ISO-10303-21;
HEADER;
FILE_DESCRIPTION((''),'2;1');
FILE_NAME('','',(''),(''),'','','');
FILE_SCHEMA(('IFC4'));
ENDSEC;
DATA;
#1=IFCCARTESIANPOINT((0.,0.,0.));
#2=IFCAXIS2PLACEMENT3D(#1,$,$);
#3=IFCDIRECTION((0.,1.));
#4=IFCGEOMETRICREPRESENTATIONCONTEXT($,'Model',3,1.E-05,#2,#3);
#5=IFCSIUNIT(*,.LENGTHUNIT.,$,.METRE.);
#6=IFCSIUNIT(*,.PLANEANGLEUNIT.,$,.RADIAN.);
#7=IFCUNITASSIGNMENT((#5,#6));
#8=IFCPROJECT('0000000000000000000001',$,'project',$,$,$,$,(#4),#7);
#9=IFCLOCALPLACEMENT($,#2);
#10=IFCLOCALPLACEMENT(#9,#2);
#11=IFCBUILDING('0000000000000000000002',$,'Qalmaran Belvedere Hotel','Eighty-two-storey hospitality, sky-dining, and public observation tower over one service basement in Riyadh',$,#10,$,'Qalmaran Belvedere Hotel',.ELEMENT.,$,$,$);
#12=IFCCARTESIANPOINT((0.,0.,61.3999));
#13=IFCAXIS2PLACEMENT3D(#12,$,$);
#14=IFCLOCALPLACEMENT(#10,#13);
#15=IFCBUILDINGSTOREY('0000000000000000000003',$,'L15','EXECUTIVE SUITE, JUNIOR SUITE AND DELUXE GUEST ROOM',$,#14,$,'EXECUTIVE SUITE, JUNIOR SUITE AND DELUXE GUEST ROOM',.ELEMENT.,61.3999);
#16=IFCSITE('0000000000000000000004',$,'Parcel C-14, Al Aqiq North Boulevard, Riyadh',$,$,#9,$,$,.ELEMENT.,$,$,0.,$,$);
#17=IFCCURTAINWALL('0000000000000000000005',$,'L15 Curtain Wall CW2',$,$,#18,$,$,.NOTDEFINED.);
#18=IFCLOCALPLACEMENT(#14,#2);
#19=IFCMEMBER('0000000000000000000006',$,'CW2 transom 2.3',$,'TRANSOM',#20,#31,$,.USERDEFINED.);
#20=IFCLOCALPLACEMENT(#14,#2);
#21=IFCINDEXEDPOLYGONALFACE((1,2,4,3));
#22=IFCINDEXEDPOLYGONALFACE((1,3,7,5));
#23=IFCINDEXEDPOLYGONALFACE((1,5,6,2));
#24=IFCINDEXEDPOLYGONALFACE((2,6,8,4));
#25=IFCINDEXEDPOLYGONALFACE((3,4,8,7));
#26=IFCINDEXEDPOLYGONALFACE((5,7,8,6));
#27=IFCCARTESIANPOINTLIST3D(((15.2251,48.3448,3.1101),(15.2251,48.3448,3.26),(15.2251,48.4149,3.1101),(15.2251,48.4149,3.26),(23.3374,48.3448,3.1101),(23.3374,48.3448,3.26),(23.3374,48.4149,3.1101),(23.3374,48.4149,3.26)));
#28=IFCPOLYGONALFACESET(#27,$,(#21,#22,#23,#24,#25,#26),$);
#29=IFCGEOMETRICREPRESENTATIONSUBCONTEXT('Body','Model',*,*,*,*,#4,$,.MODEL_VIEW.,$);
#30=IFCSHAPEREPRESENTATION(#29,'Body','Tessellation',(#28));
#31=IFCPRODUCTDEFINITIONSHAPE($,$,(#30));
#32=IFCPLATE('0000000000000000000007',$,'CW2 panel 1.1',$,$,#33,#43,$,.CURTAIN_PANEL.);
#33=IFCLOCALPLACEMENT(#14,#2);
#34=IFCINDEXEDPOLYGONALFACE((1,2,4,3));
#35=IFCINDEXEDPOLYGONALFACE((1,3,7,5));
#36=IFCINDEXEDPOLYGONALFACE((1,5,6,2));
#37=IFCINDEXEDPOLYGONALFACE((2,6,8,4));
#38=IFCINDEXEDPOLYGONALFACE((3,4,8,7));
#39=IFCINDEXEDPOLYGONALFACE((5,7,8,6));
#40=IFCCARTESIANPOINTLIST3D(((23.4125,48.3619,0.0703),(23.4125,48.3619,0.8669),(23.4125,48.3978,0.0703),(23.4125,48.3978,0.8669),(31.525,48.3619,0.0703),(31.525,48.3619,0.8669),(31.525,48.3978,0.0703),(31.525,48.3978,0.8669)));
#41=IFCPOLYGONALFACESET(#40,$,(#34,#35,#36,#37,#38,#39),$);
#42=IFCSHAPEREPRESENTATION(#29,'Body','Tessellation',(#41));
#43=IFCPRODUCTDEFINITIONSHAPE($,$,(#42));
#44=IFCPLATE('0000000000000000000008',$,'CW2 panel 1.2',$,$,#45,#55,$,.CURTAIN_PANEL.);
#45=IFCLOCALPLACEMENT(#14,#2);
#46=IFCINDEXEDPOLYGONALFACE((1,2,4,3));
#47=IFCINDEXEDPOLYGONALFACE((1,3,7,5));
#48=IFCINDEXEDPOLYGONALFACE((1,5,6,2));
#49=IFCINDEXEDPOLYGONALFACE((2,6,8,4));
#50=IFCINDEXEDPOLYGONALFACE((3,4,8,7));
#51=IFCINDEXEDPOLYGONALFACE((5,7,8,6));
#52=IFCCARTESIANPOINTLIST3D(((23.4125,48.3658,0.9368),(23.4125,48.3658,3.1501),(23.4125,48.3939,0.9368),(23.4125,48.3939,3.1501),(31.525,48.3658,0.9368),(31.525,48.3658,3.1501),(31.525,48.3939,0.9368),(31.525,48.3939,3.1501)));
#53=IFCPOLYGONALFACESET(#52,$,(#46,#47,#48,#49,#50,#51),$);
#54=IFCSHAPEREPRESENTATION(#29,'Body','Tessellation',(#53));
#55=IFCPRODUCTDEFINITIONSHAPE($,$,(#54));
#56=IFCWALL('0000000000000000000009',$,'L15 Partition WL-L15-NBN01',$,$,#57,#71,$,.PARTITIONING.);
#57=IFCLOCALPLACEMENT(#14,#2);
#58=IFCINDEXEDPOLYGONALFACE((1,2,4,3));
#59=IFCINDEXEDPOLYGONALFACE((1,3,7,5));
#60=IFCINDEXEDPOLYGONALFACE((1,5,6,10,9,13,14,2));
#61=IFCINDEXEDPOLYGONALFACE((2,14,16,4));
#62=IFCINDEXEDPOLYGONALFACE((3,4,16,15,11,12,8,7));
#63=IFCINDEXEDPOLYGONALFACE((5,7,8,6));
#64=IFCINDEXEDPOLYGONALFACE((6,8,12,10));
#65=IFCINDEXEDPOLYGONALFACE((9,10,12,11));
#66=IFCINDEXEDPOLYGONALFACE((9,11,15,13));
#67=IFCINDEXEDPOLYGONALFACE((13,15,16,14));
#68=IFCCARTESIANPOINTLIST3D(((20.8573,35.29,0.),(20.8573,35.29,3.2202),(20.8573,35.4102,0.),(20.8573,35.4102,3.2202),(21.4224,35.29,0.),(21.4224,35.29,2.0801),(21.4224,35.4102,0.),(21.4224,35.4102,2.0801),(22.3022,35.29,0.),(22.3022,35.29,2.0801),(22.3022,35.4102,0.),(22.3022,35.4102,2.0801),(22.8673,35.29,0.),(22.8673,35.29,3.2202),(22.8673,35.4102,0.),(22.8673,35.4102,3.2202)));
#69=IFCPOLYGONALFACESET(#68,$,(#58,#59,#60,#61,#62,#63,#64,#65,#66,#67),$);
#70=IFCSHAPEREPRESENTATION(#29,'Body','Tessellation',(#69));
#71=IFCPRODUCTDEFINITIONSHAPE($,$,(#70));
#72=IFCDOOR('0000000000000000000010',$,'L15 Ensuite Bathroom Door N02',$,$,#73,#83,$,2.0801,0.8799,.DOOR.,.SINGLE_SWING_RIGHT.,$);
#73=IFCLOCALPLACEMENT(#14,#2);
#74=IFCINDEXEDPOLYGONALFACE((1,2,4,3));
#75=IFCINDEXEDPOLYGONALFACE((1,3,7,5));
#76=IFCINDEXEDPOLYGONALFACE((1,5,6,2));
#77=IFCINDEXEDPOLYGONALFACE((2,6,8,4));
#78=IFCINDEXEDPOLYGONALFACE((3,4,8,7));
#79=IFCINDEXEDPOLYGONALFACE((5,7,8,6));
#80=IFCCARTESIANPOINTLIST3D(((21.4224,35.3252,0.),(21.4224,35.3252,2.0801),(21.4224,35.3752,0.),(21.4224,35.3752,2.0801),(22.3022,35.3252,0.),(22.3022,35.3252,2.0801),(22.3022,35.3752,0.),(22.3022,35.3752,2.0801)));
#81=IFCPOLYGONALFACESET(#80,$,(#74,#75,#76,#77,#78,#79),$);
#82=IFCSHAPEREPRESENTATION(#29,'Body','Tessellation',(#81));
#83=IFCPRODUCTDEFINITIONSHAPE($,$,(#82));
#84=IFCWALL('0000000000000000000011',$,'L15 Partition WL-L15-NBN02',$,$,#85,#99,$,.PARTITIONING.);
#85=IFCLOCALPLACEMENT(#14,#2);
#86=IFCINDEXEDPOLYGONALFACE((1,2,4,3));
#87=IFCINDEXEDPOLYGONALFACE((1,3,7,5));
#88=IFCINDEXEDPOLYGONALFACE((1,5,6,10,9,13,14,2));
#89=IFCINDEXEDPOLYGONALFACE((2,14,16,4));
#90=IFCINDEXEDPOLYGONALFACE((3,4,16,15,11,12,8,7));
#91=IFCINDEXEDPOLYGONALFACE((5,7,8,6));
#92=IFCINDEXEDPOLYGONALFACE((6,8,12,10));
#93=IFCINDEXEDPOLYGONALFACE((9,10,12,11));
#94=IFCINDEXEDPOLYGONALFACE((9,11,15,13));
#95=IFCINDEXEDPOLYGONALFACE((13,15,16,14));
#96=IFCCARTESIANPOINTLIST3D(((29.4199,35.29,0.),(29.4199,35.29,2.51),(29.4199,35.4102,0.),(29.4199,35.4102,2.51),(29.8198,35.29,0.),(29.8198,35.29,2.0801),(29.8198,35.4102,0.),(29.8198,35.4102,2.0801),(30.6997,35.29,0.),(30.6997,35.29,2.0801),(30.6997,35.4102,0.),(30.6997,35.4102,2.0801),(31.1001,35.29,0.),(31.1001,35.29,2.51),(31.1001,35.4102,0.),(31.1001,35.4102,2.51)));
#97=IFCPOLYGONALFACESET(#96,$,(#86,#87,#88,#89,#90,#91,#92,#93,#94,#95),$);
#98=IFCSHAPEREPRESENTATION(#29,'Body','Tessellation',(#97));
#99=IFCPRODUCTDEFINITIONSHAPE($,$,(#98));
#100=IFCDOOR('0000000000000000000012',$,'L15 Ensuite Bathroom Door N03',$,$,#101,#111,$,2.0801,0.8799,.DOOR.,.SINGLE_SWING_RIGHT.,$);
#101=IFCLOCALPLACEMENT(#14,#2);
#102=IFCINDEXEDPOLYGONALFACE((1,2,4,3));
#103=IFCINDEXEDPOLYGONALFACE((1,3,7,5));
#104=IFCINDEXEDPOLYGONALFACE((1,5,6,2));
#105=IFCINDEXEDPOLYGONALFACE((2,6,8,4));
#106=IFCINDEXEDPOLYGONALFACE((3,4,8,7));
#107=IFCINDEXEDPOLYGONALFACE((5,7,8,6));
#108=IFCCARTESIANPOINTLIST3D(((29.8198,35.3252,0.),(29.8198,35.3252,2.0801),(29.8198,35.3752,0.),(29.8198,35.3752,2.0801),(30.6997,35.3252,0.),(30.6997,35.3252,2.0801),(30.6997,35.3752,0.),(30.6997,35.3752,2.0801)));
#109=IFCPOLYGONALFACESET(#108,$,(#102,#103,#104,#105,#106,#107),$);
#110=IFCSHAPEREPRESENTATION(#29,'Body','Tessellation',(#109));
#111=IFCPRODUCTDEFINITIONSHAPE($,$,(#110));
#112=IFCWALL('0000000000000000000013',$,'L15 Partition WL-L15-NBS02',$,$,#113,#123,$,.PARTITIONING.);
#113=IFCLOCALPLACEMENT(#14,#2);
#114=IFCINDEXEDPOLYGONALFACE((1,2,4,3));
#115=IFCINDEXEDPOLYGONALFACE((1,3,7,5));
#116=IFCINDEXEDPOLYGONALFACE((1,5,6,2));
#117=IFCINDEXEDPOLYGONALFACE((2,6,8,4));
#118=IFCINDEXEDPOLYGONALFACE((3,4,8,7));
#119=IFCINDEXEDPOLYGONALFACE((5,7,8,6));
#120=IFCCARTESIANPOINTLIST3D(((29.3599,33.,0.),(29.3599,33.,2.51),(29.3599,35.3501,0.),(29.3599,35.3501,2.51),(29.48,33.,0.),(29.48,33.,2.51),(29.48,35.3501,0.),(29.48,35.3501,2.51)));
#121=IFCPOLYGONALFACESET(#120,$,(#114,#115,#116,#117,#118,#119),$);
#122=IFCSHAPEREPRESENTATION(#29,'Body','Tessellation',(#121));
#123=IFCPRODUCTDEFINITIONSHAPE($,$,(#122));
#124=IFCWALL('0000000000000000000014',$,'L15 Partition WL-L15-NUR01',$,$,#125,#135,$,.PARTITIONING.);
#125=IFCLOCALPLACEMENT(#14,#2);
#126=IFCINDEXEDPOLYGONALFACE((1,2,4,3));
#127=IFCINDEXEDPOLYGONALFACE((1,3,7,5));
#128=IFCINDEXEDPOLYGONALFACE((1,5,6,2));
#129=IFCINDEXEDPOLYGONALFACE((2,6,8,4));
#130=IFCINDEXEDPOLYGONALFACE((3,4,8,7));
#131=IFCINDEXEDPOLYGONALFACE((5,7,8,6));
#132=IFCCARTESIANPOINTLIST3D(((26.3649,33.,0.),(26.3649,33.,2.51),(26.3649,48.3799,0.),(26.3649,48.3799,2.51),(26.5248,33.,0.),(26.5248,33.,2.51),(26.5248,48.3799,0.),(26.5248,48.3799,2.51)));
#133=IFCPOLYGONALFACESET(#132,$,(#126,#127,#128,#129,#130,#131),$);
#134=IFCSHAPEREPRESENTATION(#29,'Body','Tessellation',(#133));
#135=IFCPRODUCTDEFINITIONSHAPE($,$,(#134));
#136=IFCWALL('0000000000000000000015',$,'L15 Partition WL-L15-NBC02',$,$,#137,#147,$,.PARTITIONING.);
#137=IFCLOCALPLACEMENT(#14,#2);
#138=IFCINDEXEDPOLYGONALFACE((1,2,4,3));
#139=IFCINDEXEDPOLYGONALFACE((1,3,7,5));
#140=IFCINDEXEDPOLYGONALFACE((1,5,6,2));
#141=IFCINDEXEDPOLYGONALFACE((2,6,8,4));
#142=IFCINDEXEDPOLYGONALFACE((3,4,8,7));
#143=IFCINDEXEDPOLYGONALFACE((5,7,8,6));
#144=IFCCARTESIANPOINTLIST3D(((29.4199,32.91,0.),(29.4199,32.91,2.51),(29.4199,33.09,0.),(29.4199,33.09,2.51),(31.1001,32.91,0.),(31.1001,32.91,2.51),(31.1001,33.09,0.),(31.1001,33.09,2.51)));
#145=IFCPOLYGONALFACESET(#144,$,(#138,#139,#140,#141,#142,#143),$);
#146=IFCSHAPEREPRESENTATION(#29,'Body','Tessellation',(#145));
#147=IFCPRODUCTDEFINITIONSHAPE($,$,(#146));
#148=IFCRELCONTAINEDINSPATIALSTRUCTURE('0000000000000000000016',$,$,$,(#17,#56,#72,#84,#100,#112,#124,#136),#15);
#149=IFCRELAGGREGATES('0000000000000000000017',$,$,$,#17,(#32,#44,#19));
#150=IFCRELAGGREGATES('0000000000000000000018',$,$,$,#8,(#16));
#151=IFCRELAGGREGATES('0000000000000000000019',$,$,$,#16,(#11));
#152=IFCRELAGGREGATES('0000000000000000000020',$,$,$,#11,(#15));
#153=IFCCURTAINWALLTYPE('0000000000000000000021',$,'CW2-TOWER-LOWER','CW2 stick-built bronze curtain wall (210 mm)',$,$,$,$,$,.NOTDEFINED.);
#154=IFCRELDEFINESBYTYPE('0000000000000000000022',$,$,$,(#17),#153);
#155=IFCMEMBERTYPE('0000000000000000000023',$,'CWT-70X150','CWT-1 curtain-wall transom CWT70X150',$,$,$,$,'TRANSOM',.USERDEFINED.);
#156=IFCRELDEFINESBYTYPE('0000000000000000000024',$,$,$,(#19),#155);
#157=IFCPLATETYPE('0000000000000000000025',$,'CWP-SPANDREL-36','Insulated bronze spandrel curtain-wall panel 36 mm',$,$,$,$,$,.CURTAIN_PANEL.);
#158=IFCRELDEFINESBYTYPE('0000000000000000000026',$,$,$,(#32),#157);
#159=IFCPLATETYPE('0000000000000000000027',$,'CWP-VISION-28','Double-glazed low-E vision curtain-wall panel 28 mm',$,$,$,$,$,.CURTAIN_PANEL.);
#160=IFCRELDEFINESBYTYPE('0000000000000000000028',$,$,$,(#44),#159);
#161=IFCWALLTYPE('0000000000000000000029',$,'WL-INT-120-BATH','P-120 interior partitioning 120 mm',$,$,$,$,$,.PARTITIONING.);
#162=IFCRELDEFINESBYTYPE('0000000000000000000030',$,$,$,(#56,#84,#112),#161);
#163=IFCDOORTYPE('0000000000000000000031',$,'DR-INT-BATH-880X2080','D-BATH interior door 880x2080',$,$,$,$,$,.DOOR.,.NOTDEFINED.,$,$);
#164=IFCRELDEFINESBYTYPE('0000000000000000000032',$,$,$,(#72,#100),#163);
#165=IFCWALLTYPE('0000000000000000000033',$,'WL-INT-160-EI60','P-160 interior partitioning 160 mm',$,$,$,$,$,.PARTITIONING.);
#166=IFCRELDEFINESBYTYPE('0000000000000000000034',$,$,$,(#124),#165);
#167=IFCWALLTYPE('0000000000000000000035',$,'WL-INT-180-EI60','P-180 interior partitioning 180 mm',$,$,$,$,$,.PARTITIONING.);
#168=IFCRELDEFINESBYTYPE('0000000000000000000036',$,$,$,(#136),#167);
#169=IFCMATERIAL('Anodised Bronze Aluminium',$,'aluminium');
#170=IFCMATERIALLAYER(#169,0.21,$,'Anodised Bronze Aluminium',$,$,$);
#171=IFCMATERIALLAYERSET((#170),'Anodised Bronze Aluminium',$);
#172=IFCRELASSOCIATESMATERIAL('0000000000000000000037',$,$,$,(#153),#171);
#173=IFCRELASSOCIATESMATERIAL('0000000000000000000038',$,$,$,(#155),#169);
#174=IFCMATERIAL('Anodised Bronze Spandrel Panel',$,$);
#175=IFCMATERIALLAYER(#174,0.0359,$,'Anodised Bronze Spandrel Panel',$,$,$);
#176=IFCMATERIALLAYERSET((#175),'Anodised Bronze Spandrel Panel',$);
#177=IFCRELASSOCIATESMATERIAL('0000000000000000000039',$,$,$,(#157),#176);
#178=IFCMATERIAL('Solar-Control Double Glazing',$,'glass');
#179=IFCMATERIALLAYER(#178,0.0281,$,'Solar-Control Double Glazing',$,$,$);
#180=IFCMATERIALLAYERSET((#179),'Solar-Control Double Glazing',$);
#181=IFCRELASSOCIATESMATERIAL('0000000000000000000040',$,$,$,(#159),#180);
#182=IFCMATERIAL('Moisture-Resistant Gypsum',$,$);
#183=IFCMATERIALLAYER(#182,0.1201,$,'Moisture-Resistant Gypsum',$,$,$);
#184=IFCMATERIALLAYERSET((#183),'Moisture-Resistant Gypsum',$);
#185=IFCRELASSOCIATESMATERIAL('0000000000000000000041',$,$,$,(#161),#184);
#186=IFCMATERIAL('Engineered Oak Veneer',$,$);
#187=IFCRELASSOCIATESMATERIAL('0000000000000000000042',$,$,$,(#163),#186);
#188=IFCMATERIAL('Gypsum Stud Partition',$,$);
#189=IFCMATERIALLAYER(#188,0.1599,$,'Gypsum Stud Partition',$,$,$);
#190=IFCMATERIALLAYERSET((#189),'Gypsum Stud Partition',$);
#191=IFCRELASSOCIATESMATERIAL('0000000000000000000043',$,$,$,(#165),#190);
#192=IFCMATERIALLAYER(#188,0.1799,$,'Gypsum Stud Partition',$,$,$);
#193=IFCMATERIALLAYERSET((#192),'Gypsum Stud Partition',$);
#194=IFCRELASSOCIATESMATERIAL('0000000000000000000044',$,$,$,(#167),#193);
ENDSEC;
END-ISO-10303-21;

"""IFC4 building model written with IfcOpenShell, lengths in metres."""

from ifc_helpers import new_model, si_unit, direction, frame, frame_2d, origin, origin_2d, place, context, subcontext, project, spatial, rectangle, extrude, material, layer, layer_set, material_profile, profile_set, type_object, element, fill, aggregate, save


model = new_model("IFC4")

# Units and contexts
model_context = context("Model", 3, precision=1e-05, world=origin(), true_north=direction((0.0, 1.0)))
body_context = subcontext(model_context, "Body", "Model", "MODEL_VIEW")
ifc_project = project(units=[si_unit("LENGTHUNIT", "METRE"), si_unit("PLANEANGLEUNIT", "RADIAN")], contexts=[model_context])

# Site, building, storey
site_placement = place(None, origin())
site = spatial("IfcSite", under=ifc_project, at=site_placement, Name="Parcel C-14, Al Aqiq North Boulevard, Riyadh", CompositionType="ELEMENT", RefElevation=0.0)
building_placement = place(site_placement, origin())
building = spatial("IfcBuilding", under=site, at=building_placement, Name="Qalmaran Belvedere Hotel", Description="Eighty-two-storey hospitality, sky-dining, and public observation tower over one service basement in Riyadh", LongName="Qalmaran Belvedere Hotel", CompositionType="ELEMENT")
storey_placement = place(building_placement, frame((0.0, 0.0, 61.3999)))
storey = spatial("IfcBuildingStorey", under=building, at=storey_placement, Name="L15", Description="EXECUTIVE SUITE, JUNIOR SUITE AND DELUXE GUEST ROOM", LongName="EXECUTIVE SUITE, JUNIOR SUITE AND DELUXE GUEST ROOM", CompositionType="ELEMENT", Elevation=61.3999)

# Curtain wall, member, plates
ifc_material_1 = material(Name="Anodised Bronze Aluminium", Category="aluminium")
ifc_layer_1 = layer(ifc_material_1, 0.21, Name="Anodised Bronze Aluminium")
ifc_layer_set_1 = layer_set([ifc_layer_1], Name="Anodised Bronze Aluminium")
curtain_wall_type = type_object("IfcCurtainWallType", Name="CW2-TOWER-LOWER", Description="CW2 stick-built bronze curtain wall (210 mm)", PredefinedType="NOTDEFINED", material=ifc_layer_set_1)
curtain_wall_placement = place(storey_placement, origin())
curtain_wall = element("IfcCurtainWall", 1, at=curtain_wall_placement, inside=storey, type_object=curtain_wall_type, Name="L15 Curtain Wall CW2", PredefinedType="NOTDEFINED")
ifc_material_profile_1 = material_profile(ifc_material_1, rectangle(XDim=0.0701, YDim=0.1499, at=origin_2d()), Name="CWT70X150")
ifc_profile_set_1 = profile_set([ifc_material_profile_1], Name="Anodised Bronze Aluminium")
member_type_1 = type_object("IfcMemberType", Name="CWT-70X150", Description="CWT-1 curtain-wall transom CWT70X150", ElementType="TRANSOM", PredefinedType="USERDEFINED", material=ifc_profile_set_1)
member_1_placement = place(storey_placement, frame((23.3374, 48.3799, 3.1851), z_axis=(-1.0, 0.0, 0.0), x_axis=(0.0, -1.0, 0.0)))
member_1 = element("IfcMember", 2, at=member_1_placement, type_object=member_type_1, Name="CW2 transom 2.3", ObjectType="TRANSOM", PredefinedType="USERDEFINED", context=body_context, shape_type="SweptSolid", body=[
    extrude(rectangle(XDim=0.0701, YDim=0.1499, at=origin_2d()), origin(), (0.0, 0.0, 1.0), 8.1123),
])
ifc_material_2 = material(Name="Anodised Bronze Spandrel Panel")
ifc_layer_2 = layer(ifc_material_2, 0.0359, Name="Anodised Bronze Spandrel Panel")
ifc_layer_set_2 = layer_set([ifc_layer_2], Name="Anodised Bronze Spandrel Panel")
plate_type_1 = type_object("IfcPlateType", Name="CWP-SPANDREL-36", Description="Insulated bronze spandrel curtain-wall panel 36 mm", PredefinedType="CURTAIN_PANEL", material=ifc_layer_set_2)
plate_1_placement = place(storey_placement, frame((27.4688, 48.3799, 0.0703), z_axis=(0.0, 0.0, 1.0), x_axis=(-1.0, 0.0, 0.0)))
plate_1 = element("IfcPlate", 3, at=plate_1_placement, type_object=plate_type_1, Name="CW2 panel 1.1", PredefinedType="CURTAIN_PANEL", context=body_context, shape_type="SweptSolid", body=[
    extrude(rectangle(XDim=8.1125, YDim=0.0359, at=origin_2d()), origin(), (0.0, 0.0, 1.0), 0.7966),
])
ifc_material_3 = material(Name="Solar-Control Double Glazing", Category="glass")
ifc_layer_3 = layer(ifc_material_3, 0.0281, Name="Solar-Control Double Glazing")
ifc_layer_set_3 = layer_set([ifc_layer_3], Name="Solar-Control Double Glazing")
plate_type_2 = type_object("IfcPlateType", Name="CWP-VISION-28", Description="Double-glazed low-E vision curtain-wall panel 28 mm", PredefinedType="CURTAIN_PANEL", material=ifc_layer_set_3)
plate_2_placement = place(storey_placement, frame((27.4688, 48.3799, 0.9368), z_axis=(0.0, 0.0, 1.0), x_axis=(-1.0, 0.0, 0.0)))
plate_2 = element("IfcPlate", 4, at=plate_2_placement, type_object=plate_type_2, Name="CW2 panel 1.2", PredefinedType="CURTAIN_PANEL", context=body_context, shape_type="SweptSolid", body=[
    extrude(rectangle(XDim=8.1125, YDim=0.0281, at=origin_2d()), origin(), (0.0, 0.0, 1.0), 2.2134),
])
aggregate(curtain_wall, [plate_1, plate_2, member_1])

# Walls, openings, doors
ifc_material_4 = material(Name="Moisture-Resistant Gypsum")
ifc_layer_4 = layer(ifc_material_4, 0.1201, Name="Moisture-Resistant Gypsum")
ifc_layer_set_4 = layer_set([ifc_layer_4], Name="Moisture-Resistant Gypsum")
wall_type_1 = type_object("IfcWallType", Name="WL-INT-120-BATH", Description="P-120 interior partitioning 120 mm", PredefinedType="PARTITIONING", material=ifc_layer_set_4)
wall_1_placement = place(storey_placement, frame((20.8574, 35.3501, 0.0), z_axis=(0.0, 0.0, 1.0), x_axis=(1.0, 0.0, 0.0)))
wall_1 = element("IfcWall", 5, at=wall_1_placement, inside=storey, type_object=wall_type_1, Name="L15 Partition WL-L15-NBN01", PredefinedType="PARTITIONING", context=body_context, shape_type="SweptSolid", body=[
    extrude(rectangle(XDim=2.01, YDim=0.1201, at=frame_2d((1.0049, 0.0))), origin(), (0.0, 0.0, 1.0), 3.2202),
])
opening_1_placement = place(wall_1_placement, frame((1.4448, 0.0, 0.0), z_axis=(0.0, 0.0, 1.0), x_axis=(-1.0, 0.0, 0.0)))
opening_1 = element("IfcOpeningElement", 6, at=opening_1_placement, cuts=wall_1, PredefinedType="OPENING", context=body_context, shape_type="SweptSolid", body=[
    extrude(rectangle(XDim=0.8799, YDim=2.0801, at=frame_2d((0.4399, 1.04))), frame((0.0, 0.0701, 0.0), z_axis=(0.0, -1.0, 0.0), x_axis=(1.0, 0.0, 0.0)), (0.0, 0.0, 1.0), 0.1401),
])
ifc_material_5 = material(Name="Engineered Oak Veneer")
door_type_1 = type_object("IfcDoorType", Name="DR-INT-BATH-880X2080", Description="D-BATH interior door 880x2080", OperationType="NOTDEFINED", PredefinedType="DOOR", material=ifc_material_5)
door_1_placement = place(opening_1_placement, origin())
door_1 = element("IfcDoor", 7, at=door_1_placement, inside=storey, type_object=door_type_1, Name="L15 Ensuite Bathroom Door N02", OperationType="SINGLE_SWING_RIGHT", OverallHeight=2.0801, OverallWidth=0.8799, PredefinedType="DOOR", context=body_context, shape_type="SweptSolid", body=[
    extrude(rectangle(XDim=0.8799, YDim=2.0801, at=frame_2d((0.4399, 1.04))), frame((0.0, 0.0249, 0.0), z_axis=(0.0, -1.0, 0.0), x_axis=(1.0, 0.0, 0.0)), (0.0, 0.0, 1.0), 0.05),
])
fill(opening_1, door_1)
wall_2_placement = place(storey_placement, frame((29.4199, 35.3501, 0.0), z_axis=(0.0, 0.0, 1.0), x_axis=(1.0, 0.0, 0.0)))
wall_2 = element("IfcWall", 8, at=wall_2_placement, inside=storey, type_object=wall_type_1, Name="L15 Partition WL-L15-NBN02", PredefinedType="PARTITIONING", context=body_context, shape_type="SweptSolid", body=[
    extrude(rectangle(XDim=1.6802, YDim=0.1201, at=frame_2d((0.8401, 0.0))), origin(), (0.0, 0.0, 1.0), 2.51),
])
opening_2_placement = place(wall_2_placement, frame((1.2798, 0.0, 0.0), z_axis=(0.0, 0.0, 1.0), x_axis=(-1.0, 0.0, 0.0)))
opening_2 = element("IfcOpeningElement", 9, at=opening_2_placement, cuts=wall_2, PredefinedType="OPENING", context=body_context, shape_type="SweptSolid", body=[
    extrude(rectangle(XDim=0.8799, YDim=2.0801, at=frame_2d((0.4399, 1.04))), frame((0.0, 0.0701, 0.0), z_axis=(0.0, -1.0, 0.0), x_axis=(1.0, 0.0, 0.0)), (0.0, 0.0, 1.0), 0.1401),
])
door_2_placement = place(opening_2_placement, origin())
door_2 = element("IfcDoor", 10, at=door_2_placement, inside=storey, type_object=door_type_1, Name="L15 Ensuite Bathroom Door N03", OperationType="SINGLE_SWING_RIGHT", OverallHeight=2.0801, OverallWidth=0.8799, PredefinedType="DOOR", context=body_context, shape_type="SweptSolid", body=[
    extrude(rectangle(XDim=0.8799, YDim=2.0801, at=frame_2d((0.4399, 1.04))), frame((0.0, 0.0249, 0.0), z_axis=(0.0, -1.0, 0.0), x_axis=(1.0, 0.0, 0.0)), (0.0, 0.0, 1.0), 0.05),
])
fill(opening_2, door_2)

# Walls
wall_3_placement = place(storey_placement, frame((29.4199, 33.0, 0.0), z_axis=(0.0, 0.0, 1.0), x_axis=(0.0, 1.0, 0.0)))
element("IfcWall", 11, at=wall_3_placement, inside=storey, type_object=wall_type_1, Name="L15 Partition WL-L15-NBS02", PredefinedType="PARTITIONING", context=body_context, shape_type="SweptSolid", body=[
    extrude(rectangle(XDim=2.3501, YDim=0.1201, at=frame_2d((1.175, 0.0))), origin(), (0.0, 0.0, 1.0), 2.51),
])
ifc_material_6 = material(Name="Gypsum Stud Partition")
ifc_layer_5 = layer(ifc_material_6, 0.1599, Name="Gypsum Stud Partition")
ifc_layer_set_5 = layer_set([ifc_layer_5], Name="Gypsum Stud Partition")
wall_type_2 = type_object("IfcWallType", Name="WL-INT-160-EI60", Description="P-160 interior partitioning 160 mm", PredefinedType="PARTITIONING", material=ifc_layer_set_5)
wall_4_placement = place(storey_placement, frame((26.4448, 33.0, 0.0), z_axis=(0.0, 0.0, 1.0), x_axis=(0.0, 1.0, 0.0)))
element("IfcWall", 12, at=wall_4_placement, inside=storey, type_object=wall_type_2, Name="L15 Partition WL-L15-NUR01", PredefinedType="PARTITIONING", context=body_context, shape_type="SweptSolid", body=[
    extrude(rectangle(XDim=15.3799, YDim=0.1599, at=frame_2d((7.6899, 0.0))), origin(), (0.0, 0.0, 1.0), 2.51),
])

# Shared definitions
ifc_layer_6 = layer(ifc_material_6, 0.1799, Name="Gypsum Stud Partition")
ifc_layer_set_6 = layer_set([ifc_layer_6], Name="Gypsum Stud Partition")
wall_type_3 = type_object("IfcWallType", Name="WL-INT-180-EI60", Description="P-180 interior partitioning 180 mm", PredefinedType="PARTITIONING", material=ifc_layer_set_6)

# Wall
wall_5_placement = place(storey_placement, frame((29.4199, 33.0, 0.0), z_axis=(0.0, 0.0, 1.0), x_axis=(1.0, 0.0, 0.0)))
element("IfcWall", 13, at=wall_5_placement, inside=storey, type_object=wall_type_3, Name="L15 Partition WL-L15-NBC02", PredefinedType="PARTITIONING", context=body_context, shape_type="SweptSolid", body=[
    extrude(rectangle(XDim=1.6802, YDim=0.1799, at=frame_2d((0.8401, 0.0))), origin(), (0.0, 0.0, 1.0), 2.51),
])

save(model, "model.ifc")
